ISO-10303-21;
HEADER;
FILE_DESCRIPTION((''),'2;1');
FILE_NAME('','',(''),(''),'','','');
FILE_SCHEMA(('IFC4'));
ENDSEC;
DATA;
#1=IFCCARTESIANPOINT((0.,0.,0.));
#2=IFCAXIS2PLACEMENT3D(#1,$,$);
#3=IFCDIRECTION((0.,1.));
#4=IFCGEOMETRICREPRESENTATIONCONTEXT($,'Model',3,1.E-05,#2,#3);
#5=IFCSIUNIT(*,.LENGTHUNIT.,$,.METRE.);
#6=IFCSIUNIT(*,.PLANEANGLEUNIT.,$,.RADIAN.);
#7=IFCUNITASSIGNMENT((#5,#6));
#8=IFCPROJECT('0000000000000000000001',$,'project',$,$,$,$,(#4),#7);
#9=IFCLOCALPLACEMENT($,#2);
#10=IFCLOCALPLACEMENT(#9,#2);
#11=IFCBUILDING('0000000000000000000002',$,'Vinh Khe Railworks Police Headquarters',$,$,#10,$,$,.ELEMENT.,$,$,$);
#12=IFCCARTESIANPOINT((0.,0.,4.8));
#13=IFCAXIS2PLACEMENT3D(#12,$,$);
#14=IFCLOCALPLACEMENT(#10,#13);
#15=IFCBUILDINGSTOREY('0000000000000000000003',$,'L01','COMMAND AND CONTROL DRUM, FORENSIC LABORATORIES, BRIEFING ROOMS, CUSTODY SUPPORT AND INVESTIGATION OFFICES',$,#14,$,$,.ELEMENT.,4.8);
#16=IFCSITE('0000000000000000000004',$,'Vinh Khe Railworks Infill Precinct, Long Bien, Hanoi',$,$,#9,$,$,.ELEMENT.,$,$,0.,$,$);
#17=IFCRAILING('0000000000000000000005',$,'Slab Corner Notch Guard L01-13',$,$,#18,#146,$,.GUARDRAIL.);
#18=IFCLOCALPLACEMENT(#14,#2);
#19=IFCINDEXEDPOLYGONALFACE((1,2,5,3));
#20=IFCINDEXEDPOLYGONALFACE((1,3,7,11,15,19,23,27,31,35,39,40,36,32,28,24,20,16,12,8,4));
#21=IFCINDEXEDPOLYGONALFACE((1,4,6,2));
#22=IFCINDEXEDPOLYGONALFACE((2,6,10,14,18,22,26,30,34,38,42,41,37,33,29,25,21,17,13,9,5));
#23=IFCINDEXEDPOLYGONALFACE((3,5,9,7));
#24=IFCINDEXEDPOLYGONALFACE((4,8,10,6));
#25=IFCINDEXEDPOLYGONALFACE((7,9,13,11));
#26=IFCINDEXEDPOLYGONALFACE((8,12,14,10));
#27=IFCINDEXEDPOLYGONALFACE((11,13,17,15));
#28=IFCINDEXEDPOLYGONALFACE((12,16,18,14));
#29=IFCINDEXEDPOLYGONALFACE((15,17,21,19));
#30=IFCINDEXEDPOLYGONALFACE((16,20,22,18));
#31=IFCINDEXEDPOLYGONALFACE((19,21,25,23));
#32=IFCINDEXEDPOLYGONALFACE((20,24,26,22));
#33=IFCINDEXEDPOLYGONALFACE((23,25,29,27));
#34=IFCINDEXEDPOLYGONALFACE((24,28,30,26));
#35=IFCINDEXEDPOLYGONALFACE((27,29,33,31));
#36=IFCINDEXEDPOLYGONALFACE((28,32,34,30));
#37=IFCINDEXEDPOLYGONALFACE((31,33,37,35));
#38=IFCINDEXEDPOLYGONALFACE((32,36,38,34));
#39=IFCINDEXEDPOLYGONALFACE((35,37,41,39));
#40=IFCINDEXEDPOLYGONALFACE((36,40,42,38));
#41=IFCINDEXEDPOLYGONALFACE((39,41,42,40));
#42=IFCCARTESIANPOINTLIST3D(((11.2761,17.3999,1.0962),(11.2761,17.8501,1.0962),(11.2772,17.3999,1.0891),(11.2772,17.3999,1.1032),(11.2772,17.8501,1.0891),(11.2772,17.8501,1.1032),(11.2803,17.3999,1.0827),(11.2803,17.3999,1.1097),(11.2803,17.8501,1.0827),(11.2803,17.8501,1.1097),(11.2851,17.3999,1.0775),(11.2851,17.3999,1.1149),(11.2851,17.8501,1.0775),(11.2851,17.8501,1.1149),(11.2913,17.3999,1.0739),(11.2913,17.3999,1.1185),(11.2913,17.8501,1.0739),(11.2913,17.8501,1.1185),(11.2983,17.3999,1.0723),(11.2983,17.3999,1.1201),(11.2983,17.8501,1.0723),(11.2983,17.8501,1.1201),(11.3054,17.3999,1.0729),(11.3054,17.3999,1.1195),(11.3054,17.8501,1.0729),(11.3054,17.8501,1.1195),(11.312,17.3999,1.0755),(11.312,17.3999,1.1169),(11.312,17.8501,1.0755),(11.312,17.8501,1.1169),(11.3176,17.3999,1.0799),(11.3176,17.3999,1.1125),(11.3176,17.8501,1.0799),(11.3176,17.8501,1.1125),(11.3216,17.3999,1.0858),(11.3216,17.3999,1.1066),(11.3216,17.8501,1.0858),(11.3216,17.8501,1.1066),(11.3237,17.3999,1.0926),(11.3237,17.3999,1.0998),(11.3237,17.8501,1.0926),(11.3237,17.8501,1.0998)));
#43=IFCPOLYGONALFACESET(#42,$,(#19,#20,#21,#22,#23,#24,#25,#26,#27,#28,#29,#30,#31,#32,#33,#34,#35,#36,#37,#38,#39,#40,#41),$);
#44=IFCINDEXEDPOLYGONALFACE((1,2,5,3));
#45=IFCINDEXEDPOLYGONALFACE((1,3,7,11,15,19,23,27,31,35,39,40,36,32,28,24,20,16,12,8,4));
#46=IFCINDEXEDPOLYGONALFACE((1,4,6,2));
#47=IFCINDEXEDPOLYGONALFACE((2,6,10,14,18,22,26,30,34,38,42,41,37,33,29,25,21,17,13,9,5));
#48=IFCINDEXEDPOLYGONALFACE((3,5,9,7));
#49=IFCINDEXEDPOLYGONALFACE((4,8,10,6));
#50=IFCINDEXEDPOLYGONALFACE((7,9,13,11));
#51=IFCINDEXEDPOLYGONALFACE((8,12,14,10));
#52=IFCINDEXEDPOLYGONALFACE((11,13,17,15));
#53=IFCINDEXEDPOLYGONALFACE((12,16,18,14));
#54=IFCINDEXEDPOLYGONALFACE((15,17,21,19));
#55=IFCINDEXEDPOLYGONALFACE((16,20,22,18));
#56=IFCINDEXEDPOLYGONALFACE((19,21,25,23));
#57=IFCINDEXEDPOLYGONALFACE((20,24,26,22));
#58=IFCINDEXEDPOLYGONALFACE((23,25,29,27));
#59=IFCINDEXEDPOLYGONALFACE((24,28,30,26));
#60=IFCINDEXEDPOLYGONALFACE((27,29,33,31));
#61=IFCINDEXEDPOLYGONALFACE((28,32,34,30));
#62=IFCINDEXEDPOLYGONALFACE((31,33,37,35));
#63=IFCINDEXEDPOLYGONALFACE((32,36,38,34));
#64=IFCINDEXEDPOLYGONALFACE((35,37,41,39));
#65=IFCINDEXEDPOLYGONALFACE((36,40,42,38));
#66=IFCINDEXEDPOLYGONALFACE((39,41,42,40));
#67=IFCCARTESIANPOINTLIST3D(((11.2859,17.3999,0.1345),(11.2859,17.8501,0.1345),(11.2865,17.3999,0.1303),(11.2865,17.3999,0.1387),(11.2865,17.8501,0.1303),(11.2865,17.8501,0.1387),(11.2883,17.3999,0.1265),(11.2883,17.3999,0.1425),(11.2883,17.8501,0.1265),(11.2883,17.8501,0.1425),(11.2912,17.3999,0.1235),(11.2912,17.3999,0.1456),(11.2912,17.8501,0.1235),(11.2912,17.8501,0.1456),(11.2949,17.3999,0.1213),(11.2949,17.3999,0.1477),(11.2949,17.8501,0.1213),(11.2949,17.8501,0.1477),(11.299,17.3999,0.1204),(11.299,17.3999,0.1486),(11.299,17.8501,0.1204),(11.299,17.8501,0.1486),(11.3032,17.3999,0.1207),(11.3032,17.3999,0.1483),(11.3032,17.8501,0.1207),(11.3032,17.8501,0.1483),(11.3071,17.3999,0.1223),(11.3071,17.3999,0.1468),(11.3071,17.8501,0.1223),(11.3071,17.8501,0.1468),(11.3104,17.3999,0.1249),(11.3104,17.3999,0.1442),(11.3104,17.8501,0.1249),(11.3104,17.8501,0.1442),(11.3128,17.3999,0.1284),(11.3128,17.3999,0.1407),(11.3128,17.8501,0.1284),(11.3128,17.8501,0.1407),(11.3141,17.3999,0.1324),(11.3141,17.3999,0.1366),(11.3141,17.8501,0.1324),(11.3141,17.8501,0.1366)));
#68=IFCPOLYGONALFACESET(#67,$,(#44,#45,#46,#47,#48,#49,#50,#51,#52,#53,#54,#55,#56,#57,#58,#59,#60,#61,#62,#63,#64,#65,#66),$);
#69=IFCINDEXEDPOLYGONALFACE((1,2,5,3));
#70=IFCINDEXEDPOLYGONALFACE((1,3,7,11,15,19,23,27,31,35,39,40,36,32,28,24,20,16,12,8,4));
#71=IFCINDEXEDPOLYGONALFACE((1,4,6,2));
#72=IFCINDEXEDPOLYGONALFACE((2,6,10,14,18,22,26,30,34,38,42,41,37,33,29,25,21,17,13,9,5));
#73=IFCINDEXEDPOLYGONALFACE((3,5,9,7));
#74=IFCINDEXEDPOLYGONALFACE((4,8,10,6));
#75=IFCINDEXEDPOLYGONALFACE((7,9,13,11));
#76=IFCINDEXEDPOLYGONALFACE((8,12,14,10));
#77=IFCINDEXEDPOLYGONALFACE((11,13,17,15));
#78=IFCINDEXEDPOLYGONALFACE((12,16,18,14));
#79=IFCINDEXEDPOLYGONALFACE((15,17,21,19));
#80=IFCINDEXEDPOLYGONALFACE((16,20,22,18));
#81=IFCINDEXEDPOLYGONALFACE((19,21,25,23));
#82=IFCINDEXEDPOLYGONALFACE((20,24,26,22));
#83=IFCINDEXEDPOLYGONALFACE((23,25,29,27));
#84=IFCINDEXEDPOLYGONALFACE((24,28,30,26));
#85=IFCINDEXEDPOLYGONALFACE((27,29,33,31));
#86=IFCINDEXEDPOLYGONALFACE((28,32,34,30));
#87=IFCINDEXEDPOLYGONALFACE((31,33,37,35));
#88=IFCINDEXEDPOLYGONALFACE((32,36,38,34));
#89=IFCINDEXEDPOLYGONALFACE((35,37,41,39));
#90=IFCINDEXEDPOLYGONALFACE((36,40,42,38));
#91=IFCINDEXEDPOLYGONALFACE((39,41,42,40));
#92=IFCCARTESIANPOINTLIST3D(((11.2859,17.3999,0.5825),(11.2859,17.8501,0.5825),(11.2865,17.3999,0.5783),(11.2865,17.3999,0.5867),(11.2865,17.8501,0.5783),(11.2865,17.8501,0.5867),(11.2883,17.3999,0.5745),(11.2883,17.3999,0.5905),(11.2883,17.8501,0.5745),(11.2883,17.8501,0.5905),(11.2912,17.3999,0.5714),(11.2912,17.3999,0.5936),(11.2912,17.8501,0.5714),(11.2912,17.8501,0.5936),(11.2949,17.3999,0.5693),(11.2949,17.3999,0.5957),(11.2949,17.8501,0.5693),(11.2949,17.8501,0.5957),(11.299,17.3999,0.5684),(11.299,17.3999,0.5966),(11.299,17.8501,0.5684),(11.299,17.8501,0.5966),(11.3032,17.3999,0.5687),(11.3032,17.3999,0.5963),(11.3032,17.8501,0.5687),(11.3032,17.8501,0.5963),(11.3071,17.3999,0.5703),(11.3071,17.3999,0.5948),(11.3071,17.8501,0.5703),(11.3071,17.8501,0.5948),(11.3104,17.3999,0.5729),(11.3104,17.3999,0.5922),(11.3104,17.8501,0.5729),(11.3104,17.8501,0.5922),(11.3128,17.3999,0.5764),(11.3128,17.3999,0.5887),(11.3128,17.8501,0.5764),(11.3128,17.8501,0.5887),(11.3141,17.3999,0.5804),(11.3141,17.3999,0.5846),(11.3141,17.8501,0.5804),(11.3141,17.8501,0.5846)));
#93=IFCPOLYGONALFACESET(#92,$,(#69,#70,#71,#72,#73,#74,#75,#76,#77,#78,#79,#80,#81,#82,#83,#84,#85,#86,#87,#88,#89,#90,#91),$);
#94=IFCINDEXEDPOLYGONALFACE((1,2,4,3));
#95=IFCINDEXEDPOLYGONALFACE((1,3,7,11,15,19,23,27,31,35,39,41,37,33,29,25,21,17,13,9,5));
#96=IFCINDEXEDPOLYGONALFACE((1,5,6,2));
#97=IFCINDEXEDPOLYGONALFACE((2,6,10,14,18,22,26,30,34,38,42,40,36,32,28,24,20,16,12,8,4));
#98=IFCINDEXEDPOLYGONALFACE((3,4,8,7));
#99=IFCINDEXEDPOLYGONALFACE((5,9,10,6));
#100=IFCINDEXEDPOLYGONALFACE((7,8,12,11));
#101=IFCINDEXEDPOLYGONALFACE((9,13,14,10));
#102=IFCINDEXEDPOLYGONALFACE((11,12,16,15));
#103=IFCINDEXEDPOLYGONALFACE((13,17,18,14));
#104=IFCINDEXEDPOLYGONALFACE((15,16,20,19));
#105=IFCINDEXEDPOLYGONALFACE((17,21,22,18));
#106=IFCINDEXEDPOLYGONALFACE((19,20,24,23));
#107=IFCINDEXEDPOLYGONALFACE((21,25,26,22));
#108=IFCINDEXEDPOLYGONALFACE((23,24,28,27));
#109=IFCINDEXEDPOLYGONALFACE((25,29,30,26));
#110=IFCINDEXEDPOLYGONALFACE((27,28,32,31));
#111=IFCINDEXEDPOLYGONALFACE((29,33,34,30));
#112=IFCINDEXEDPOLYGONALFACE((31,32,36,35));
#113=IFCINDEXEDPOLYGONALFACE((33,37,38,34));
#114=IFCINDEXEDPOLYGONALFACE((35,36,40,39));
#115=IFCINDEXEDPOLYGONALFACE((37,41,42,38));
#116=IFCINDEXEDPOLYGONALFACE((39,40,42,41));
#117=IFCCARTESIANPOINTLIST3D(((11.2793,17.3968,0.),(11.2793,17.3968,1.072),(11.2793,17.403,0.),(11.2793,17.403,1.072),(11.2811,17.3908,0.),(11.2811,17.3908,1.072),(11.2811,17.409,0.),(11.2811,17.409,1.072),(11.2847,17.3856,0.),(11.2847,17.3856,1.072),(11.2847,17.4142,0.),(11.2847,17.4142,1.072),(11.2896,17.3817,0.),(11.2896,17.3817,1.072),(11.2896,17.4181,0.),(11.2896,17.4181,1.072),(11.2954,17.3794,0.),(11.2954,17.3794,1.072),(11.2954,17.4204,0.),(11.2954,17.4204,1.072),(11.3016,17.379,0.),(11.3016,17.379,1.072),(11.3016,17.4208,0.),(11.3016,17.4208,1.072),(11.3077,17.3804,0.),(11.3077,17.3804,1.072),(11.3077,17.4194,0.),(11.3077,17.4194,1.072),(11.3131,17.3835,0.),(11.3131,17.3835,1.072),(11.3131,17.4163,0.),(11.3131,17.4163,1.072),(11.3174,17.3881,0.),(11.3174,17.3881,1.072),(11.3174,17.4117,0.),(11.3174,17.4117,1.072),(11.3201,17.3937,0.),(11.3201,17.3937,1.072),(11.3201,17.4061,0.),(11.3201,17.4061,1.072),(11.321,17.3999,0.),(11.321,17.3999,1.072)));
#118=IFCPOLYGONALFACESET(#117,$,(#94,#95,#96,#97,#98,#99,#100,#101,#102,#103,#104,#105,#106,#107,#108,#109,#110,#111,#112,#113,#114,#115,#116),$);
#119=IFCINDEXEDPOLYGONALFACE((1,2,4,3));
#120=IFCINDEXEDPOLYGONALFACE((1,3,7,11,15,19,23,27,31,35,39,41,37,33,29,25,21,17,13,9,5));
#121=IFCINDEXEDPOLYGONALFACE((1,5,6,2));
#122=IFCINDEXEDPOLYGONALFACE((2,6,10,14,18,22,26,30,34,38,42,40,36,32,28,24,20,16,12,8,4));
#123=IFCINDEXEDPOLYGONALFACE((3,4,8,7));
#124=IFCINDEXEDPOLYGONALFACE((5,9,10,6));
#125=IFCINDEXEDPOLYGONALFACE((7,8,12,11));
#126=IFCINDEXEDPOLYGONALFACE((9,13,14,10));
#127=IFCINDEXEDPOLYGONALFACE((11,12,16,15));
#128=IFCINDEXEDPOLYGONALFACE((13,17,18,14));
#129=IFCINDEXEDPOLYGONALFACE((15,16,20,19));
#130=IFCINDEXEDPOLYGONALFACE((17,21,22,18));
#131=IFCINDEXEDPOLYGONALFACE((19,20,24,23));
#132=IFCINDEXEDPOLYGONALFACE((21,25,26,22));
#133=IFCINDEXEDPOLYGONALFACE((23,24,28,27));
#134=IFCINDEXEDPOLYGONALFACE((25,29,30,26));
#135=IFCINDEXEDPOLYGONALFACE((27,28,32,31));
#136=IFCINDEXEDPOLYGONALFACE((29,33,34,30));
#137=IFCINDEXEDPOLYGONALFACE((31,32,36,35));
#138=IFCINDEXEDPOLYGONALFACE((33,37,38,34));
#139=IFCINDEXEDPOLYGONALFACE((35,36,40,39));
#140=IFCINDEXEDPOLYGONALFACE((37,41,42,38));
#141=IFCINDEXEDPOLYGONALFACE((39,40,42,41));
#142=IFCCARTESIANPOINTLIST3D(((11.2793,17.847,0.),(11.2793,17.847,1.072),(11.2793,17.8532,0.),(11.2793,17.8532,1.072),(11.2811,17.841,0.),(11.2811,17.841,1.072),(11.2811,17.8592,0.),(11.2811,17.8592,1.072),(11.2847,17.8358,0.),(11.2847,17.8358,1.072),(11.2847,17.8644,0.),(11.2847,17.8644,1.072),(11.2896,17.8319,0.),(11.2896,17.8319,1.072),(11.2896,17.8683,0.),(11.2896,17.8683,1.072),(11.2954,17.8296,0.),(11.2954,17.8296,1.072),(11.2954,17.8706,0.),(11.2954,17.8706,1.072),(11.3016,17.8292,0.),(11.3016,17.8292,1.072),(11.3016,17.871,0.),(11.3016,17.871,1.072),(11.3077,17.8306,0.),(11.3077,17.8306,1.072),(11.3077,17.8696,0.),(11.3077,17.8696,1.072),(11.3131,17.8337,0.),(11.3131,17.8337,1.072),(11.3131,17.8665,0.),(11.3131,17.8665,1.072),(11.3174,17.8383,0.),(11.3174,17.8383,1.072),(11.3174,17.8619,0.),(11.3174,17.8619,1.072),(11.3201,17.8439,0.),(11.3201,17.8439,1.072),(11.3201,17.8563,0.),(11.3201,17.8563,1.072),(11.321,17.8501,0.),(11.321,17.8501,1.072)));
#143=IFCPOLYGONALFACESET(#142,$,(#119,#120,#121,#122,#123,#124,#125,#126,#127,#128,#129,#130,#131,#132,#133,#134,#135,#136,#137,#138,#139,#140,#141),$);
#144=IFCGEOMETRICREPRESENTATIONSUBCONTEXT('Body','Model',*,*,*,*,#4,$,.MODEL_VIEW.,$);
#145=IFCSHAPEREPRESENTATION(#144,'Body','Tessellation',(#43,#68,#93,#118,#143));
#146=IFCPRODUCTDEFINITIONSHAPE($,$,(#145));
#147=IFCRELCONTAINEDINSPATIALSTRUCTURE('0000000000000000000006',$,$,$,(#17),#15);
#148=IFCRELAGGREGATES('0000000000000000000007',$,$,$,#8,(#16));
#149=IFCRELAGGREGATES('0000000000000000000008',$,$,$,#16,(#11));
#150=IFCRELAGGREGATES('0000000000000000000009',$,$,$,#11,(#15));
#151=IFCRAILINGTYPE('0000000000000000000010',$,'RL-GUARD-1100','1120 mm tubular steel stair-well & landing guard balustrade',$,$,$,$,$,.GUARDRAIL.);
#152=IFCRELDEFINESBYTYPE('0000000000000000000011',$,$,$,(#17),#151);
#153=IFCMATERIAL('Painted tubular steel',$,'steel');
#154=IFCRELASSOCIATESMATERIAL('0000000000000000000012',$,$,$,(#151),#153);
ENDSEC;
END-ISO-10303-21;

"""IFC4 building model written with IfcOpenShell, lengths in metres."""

from ifc_helpers import new_model, si_unit, direction, frame, origin, origin_2d, place, context, subcontext, project, spatial, circle, extrude, material, type_object, element, save


model = new_model("IFC4")

# Units and contexts
model_context = context("Model", 3, precision=1e-05, world=origin(), true_north=direction((0.0, 1.0)))
body_context = subcontext(model_context, "Body", "Model", "MODEL_VIEW")
ifc_project = project(units=[si_unit("LENGTHUNIT", "METRE"), si_unit("PLANEANGLEUNIT", "RADIAN")], contexts=[model_context])

# Site, building, storey
site_placement = place(None, origin())
site = spatial("IfcSite", under=ifc_project, at=site_placement, Name="Vinh Khe Railworks Infill Precinct, Long Bien, Hanoi", CompositionType="ELEMENT", RefElevation=0.0)
building_placement = place(site_placement, origin())
building = spatial("IfcBuilding", under=site, at=building_placement, Name="Vinh Khe Railworks Police Headquarters", CompositionType="ELEMENT")
storey_placement = place(building_placement, frame((0.0, 0.0, 4.8)))
storey = spatial("IfcBuildingStorey", under=building, at=storey_placement, Name="L01", Description="COMMAND AND CONTROL DRUM, FORENSIC LABORATORIES, BRIEFING ROOMS, CUSTODY SUPPORT AND INVESTIGATION OFFICES", CompositionType="ELEMENT", Elevation=4.8)

# Railing
ifc_material_1 = material(Name="Painted tubular steel", Category="steel")
railing_type = type_object("IfcRailingType", Name="RL-GUARD-1100", Description="1120 mm tubular steel stair-well & landing guard balustrade", PredefinedType="GUARDRAIL", material=ifc_material_1)
railing_placement = place(storey_placement, frame((11.3, 17.3999, 0.0)))
element("IfcRailing", 1, at=railing_placement, inside=storey, type_object=railing_type, Name="Slab Corner Notch Guard L01-13", PredefinedType="GUARDRAIL", context=body_context, shape_type="SweptSolid", body=[
    extrude(circle(Radius=0.0239, at=origin_2d()), frame((0.0, 0.0, 1.0962), z_axis=(0.0, 1.0, 0.0), x_axis=(-1.0, 0.0, 0.0)), (0.0, 0.0, 1.0), 0.4502),
    extrude(circle(Radius=0.0142, at=origin_2d()), frame((0.0, 0.0, 0.1345), z_axis=(0.0, 1.0, 0.0), x_axis=(-1.0, 0.0, 0.0)), (0.0, 0.0, 1.0), 0.4502),
    extrude(circle(Radius=0.0142, at=origin_2d()), frame((0.0, 0.0, 0.5825), z_axis=(0.0, 1.0, 0.0), x_axis=(-1.0, 0.0, 0.0)), (0.0, 0.0, 1.0), 0.4502),
    extrude(circle(Radius=0.021, at=origin_2d()), origin(), (0.0, 0.0, 1.0), 1.072),
    extrude(circle(Radius=0.021, at=origin_2d()), frame((0.0, 0.4502, 0.0)), (0.0, 0.0, 1.0), 1.072),
])

save(model, "model.ifc")
